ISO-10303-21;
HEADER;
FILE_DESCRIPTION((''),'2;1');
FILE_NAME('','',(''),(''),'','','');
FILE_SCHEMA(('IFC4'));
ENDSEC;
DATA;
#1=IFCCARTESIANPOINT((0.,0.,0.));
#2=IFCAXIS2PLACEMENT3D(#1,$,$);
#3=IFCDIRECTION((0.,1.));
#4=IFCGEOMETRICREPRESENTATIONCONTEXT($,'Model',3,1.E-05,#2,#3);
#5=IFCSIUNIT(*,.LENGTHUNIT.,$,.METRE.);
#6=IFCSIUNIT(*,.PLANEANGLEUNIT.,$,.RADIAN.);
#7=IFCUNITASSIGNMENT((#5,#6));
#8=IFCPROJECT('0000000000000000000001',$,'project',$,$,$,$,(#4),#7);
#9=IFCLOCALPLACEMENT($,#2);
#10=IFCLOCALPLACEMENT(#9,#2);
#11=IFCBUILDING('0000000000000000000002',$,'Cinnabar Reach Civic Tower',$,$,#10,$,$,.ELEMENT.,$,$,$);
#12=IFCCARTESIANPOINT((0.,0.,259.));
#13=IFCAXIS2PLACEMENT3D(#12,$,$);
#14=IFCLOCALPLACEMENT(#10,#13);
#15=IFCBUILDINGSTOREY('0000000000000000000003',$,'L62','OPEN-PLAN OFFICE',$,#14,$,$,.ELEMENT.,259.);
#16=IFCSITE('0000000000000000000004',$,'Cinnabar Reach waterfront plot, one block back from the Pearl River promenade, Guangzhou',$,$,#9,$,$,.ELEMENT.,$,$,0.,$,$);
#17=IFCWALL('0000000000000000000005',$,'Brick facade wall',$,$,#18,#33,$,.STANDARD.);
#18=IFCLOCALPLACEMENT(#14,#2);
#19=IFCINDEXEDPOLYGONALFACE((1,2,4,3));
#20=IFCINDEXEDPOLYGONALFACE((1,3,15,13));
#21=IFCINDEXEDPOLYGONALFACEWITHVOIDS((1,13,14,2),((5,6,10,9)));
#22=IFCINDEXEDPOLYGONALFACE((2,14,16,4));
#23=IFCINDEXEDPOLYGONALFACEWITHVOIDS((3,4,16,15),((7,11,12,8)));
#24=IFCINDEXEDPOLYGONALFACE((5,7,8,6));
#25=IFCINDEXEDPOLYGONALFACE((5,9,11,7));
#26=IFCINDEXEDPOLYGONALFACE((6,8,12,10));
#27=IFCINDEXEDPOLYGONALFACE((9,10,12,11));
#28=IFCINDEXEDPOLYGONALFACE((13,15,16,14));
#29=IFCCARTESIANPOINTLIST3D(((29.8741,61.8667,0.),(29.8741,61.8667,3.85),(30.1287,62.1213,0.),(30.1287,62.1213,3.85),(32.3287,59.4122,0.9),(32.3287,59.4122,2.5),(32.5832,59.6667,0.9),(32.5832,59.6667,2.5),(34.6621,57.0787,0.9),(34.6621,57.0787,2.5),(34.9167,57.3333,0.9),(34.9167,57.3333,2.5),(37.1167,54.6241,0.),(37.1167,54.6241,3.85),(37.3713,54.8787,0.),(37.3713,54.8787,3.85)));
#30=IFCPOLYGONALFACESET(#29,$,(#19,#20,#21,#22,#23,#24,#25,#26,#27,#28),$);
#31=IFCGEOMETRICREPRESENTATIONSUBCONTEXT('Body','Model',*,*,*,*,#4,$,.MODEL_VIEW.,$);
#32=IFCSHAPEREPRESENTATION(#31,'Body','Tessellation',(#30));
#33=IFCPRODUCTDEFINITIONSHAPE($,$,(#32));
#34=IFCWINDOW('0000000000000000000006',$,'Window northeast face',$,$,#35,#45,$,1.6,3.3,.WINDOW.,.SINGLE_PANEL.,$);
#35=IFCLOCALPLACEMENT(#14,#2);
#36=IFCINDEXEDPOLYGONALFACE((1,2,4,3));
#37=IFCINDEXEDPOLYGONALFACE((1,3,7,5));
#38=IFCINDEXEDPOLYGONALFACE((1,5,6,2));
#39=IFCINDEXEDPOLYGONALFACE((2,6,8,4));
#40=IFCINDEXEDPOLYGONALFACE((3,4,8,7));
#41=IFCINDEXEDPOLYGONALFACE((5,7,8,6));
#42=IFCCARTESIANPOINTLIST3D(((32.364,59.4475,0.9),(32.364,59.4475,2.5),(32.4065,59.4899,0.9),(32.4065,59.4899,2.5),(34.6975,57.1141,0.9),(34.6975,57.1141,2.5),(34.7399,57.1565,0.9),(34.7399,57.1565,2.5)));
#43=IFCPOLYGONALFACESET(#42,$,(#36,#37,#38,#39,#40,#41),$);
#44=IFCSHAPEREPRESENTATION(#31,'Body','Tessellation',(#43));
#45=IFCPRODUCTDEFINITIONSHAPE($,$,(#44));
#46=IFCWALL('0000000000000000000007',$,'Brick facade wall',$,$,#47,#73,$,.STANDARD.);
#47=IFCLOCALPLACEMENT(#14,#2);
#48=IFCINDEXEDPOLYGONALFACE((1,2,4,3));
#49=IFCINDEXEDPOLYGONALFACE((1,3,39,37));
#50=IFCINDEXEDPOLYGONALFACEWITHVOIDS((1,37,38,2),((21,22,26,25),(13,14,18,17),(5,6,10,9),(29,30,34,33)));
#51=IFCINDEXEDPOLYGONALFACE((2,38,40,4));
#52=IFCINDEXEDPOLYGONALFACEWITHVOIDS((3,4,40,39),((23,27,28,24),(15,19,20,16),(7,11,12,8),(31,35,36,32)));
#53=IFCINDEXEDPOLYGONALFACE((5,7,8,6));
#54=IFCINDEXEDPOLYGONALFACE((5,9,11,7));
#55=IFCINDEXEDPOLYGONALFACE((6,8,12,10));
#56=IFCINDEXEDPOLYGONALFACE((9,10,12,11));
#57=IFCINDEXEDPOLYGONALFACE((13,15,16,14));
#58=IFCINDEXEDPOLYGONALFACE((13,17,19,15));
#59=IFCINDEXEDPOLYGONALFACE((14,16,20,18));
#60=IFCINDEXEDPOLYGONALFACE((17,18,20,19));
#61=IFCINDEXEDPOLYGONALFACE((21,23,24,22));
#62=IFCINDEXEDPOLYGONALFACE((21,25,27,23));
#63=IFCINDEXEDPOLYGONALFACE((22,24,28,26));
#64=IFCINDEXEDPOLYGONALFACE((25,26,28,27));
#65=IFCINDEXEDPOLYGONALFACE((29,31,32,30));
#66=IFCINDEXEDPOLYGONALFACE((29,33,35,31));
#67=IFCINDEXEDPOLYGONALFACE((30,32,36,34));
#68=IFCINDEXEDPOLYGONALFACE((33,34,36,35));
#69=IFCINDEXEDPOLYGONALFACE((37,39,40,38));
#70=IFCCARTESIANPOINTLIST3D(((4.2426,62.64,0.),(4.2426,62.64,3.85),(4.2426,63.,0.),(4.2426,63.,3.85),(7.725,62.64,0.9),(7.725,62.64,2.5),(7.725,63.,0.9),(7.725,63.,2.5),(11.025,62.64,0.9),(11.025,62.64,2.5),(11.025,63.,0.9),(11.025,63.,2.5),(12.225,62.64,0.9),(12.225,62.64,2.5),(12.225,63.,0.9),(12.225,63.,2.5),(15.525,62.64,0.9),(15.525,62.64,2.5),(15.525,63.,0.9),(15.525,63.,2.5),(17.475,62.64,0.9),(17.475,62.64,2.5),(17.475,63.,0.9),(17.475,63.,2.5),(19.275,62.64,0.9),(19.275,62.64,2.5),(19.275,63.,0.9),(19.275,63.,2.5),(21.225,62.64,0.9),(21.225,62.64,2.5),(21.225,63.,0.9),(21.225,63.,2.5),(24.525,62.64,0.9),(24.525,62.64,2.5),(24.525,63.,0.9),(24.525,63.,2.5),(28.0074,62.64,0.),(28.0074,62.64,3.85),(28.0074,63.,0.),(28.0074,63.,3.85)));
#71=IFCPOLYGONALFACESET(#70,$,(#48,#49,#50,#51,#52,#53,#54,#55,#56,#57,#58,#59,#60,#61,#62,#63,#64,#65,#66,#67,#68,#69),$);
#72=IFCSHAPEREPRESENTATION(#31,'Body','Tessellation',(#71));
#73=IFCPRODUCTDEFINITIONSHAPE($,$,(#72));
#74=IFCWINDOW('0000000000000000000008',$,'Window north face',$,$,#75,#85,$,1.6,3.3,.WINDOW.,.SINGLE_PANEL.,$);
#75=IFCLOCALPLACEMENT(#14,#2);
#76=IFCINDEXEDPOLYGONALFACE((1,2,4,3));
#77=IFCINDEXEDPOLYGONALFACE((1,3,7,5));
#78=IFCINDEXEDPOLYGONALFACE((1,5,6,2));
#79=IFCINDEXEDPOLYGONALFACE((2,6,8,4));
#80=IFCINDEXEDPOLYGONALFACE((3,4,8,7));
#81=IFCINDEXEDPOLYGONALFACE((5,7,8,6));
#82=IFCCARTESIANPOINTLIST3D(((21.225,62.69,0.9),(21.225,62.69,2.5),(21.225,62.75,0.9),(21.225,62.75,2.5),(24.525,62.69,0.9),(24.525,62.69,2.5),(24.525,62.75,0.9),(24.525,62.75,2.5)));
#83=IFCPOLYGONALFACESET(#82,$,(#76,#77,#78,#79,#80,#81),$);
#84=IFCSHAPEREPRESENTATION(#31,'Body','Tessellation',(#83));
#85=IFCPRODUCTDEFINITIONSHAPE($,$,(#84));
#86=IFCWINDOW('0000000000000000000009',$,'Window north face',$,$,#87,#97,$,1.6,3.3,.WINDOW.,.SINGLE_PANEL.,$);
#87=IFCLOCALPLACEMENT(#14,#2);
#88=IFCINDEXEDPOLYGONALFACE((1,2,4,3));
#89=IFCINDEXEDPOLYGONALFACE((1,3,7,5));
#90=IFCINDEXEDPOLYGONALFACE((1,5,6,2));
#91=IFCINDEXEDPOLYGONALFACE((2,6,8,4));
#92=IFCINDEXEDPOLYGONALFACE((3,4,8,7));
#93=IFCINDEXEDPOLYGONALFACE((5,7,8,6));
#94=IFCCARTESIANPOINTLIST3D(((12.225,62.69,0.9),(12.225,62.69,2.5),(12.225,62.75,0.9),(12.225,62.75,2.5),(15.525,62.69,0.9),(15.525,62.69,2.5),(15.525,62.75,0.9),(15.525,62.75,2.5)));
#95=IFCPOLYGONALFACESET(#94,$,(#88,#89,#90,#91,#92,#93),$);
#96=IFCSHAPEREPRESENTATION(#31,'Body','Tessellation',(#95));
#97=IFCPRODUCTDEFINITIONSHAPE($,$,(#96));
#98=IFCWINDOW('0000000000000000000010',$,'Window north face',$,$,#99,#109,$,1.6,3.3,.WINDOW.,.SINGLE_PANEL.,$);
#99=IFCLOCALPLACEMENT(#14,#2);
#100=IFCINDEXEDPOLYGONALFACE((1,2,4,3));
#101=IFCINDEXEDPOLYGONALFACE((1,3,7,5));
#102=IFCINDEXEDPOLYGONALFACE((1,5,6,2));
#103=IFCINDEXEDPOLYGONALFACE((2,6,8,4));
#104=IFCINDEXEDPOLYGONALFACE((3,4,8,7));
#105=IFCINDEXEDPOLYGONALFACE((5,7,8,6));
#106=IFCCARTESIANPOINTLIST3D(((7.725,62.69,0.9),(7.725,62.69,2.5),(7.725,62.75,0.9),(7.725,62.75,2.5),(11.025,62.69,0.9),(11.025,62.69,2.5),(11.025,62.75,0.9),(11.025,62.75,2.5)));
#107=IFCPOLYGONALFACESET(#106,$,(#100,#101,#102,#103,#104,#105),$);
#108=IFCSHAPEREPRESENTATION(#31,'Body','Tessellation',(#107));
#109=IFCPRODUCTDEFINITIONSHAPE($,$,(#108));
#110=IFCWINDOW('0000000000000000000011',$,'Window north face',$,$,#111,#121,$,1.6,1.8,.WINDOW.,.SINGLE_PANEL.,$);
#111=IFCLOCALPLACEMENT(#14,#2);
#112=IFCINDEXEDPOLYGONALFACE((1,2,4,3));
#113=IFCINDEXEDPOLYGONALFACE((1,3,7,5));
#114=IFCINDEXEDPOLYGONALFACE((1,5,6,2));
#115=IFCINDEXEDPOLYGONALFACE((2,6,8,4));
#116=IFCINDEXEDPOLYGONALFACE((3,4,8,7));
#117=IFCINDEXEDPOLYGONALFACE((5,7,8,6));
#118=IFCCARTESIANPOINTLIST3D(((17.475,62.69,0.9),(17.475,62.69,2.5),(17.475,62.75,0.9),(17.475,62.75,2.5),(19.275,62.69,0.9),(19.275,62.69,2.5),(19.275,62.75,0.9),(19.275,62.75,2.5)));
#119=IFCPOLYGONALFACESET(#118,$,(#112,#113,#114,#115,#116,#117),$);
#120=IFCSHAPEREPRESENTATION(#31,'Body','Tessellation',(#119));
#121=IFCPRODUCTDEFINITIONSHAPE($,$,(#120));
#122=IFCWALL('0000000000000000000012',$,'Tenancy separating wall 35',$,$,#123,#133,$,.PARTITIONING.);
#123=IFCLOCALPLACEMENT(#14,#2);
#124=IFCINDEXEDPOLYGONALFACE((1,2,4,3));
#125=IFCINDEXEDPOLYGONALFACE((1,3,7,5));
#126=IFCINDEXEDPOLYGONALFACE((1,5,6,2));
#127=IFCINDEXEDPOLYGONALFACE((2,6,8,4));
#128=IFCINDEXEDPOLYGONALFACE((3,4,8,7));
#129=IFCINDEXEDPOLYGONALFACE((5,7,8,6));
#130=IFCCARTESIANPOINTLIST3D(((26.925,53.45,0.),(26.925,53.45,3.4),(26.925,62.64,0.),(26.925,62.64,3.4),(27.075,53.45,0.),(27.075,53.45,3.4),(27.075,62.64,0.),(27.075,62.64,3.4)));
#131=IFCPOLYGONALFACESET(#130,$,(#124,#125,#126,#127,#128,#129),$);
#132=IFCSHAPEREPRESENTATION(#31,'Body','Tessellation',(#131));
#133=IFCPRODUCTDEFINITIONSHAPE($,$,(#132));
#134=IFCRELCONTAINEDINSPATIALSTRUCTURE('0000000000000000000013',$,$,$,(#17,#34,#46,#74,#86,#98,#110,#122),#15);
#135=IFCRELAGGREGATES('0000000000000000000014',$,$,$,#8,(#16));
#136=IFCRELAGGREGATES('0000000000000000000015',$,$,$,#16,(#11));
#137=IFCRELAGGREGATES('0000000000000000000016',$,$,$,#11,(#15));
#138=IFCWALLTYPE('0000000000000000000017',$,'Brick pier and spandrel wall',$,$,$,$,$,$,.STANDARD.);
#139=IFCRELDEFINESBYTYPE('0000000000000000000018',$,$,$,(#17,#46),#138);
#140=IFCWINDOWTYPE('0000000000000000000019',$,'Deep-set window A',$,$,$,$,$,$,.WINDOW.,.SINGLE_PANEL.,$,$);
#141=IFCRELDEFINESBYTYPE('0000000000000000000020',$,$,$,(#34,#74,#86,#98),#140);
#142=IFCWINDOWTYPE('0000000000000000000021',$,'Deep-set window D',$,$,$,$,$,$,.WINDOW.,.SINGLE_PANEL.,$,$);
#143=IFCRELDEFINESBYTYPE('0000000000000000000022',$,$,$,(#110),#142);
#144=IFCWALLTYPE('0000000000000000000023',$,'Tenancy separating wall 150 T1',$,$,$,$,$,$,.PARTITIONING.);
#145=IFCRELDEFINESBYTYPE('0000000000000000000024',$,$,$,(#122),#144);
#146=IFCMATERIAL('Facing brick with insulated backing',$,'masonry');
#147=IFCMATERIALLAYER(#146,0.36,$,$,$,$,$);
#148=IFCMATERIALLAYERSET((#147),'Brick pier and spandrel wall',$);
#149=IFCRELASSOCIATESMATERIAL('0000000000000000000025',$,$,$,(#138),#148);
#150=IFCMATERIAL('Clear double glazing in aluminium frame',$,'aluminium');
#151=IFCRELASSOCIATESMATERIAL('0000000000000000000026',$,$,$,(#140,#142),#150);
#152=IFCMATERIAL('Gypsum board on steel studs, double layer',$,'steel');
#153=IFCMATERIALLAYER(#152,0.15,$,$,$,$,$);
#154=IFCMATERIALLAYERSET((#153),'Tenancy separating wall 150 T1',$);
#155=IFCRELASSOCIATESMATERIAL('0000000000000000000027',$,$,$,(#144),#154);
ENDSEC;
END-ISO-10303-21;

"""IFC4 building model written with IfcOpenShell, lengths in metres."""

from ifc_helpers import new_model, si_unit, direction, frame, frame_2d, origin, place, context, subcontext, project, spatial, rectangle, extrude, material, layer, layer_set, type_object, element, fill, save


model = new_model("IFC4")

# Units and contexts
model_context = context("Model", 3, precision=1e-05, world=origin(), true_north=direction((0.0, 1.0)))
body_context = subcontext(model_context, "Body", "Model", "MODEL_VIEW")
ifc_project = project(units=[si_unit("LENGTHUNIT", "METRE"), si_unit("PLANEANGLEUNIT", "RADIAN")], contexts=[model_context])

# Site, building, storey
site_placement = place(None, origin())
site = spatial("IfcSite", under=ifc_project, at=site_placement, Name="Cinnabar Reach waterfront plot, one block back from the Pearl River promenade, Guangzhou", CompositionType="ELEMENT", RefElevation=0.0)
building_placement = place(site_placement, origin())
building = spatial("IfcBuilding", under=site, at=building_placement, Name="Cinnabar Reach Civic Tower", CompositionType="ELEMENT")
storey_placement = place(building_placement, frame((0.0, 0.0, 259.0)))
storey = spatial("IfcBuildingStorey", under=building, at=storey_placement, Name="L62", Description="OPEN-PLAN OFFICE", CompositionType="ELEMENT", Elevation=259.0)

# Shared definitions
ifc_material_1 = material(Name="Facing brick with insulated backing", Category="masonry")

# Wall, opening, window
ifc_layer_1 = layer(ifc_material_1, 0.36)
ifc_layer_set_1 = layer_set([ifc_layer_1], Name="Brick pier and spandrel wall")
wall_type_1 = type_object("IfcWallType", Name="Brick pier and spandrel wall", PredefinedType="STANDARD", material=ifc_layer_set_1)
wall_1_placement = place(storey_placement, frame((37.244, 54.7514, 0.0), z_axis=(0.0, 0.0, 1.0), x_axis=(-0.707107, 0.707107, 0.0)))
wall_1 = element("IfcWall", 1, at=wall_1_placement, inside=storey, type_object=wall_type_1, Name="Brick facade wall", PredefinedType="STANDARD", context=body_context, shape_type="SweptSolid", body=[
    extrude(rectangle(XDim=10.2426, YDim=0.36, at=frame_2d((5.1213, 0.0))), origin(), (0.0, 0.0, 1.0), 3.85),
])
opening_1_placement = place(wall_1_placement, frame((3.4713, 0.0, 0.9)))
opening_1 = element("IfcOpeningElement", 2, at=opening_1_placement, cuts=wall_1, PredefinedType="OPENING", context=body_context, shape_type="SweptSolid", body=[
    extrude(rectangle(XDim=3.3, YDim=1.6, at=frame_2d((1.65, 0.8))), frame((0.0, 0.19, 0.0), z_axis=(0.0, -1.0, 0.0), x_axis=(1.0, 0.0, 0.0)), (0.0, 0.0, 1.0), 0.38),
])
ifc_material_2 = material(Name="Clear double glazing in aluminium frame", Category="aluminium")
window_type_1 = type_object("IfcWindowType", Name="Deep-set window A", PartitioningType="SINGLE_PANEL", PredefinedType="WINDOW", material=ifc_material_2)
window_1_placement = place(opening_1_placement, origin())
window_1 = element("IfcWindow", 3, at=window_1_placement, inside=storey, type_object=window_type_1, Name="Window northeast face", OverallHeight=1.6, OverallWidth=3.3, PartitioningType="SINGLE_PANEL", PredefinedType="WINDOW", context=body_context, shape_type="SweptSolid", body=[
    extrude(rectangle(XDim=3.3, YDim=1.6, at=frame_2d((1.65, 0.8))), frame((0.0, 0.13, 0.0), z_axis=(0.0, -1.0, 0.0), x_axis=(1.0, 0.0, 0.0)), (0.0, 0.0, 1.0), 0.06),
])
fill(opening_1, window_1)

# Wall, openings, windows
wall_2_placement = place(storey_placement, frame((28.0074, 62.82, 0.0), z_axis=(0.0, 0.0, 1.0), x_axis=(-1.0, 0.0, 0.0)))
wall_2 = element("IfcWall", 4, at=wall_2_placement, inside=storey, type_object=wall_type_1, Name="Brick facade wall", PredefinedType="STANDARD", context=body_context, shape_type="SweptSolid", body=[
    extrude(rectangle(XDim=23.7648, YDim=0.36, at=frame_2d((11.8824, 0.0))), origin(), (0.0, 0.0, 1.0), 3.85),
])
opening_2_placement = place(wall_2_placement, frame((3.4824, 0.0, 0.9)))
opening_2 = element("IfcOpeningElement", 5, at=opening_2_placement, cuts=wall_2, PredefinedType="OPENING", context=body_context, shape_type="SweptSolid", body=[
    extrude(rectangle(XDim=3.3, YDim=1.6, at=frame_2d((1.65, 0.8))), frame((0.0, 0.19, 0.0), z_axis=(0.0, -1.0, 0.0), x_axis=(1.0, 0.0, 0.0)), (0.0, 0.0, 1.0), 0.38),
])
opening_3_placement = place(wall_2_placement, frame((8.7324, 0.0, 0.9)))
opening_3 = element("IfcOpeningElement", 6, at=opening_3_placement, cuts=wall_2, PredefinedType="OPENING", context=body_context, shape_type="SweptSolid", body=[
    extrude(rectangle(XDim=1.8, YDim=1.6, at=frame_2d((0.9, 0.8))), frame((0.0, 0.19, 0.0), z_axis=(0.0, -1.0, 0.0), x_axis=(1.0, 0.0, 0.0)), (0.0, 0.0, 1.0), 0.38),
])
opening_4_placement = place(wall_2_placement, frame((12.4824, 0.0, 0.9)))
opening_4 = element("IfcOpeningElement", 7, at=opening_4_placement, cuts=wall_2, PredefinedType="OPENING", context=body_context, shape_type="SweptSolid", body=[
    extrude(rectangle(XDim=3.3, YDim=1.6, at=frame_2d((1.65, 0.8))), frame((0.0, 0.19, 0.0), z_axis=(0.0, -1.0, 0.0), x_axis=(1.0, 0.0, 0.0)), (0.0, 0.0, 1.0), 0.38),
])
opening_5_placement = place(wall_2_placement, frame((16.9824, 0.0, 0.9)))
opening_5 = element("IfcOpeningElement", 8, at=opening_5_placement, cuts=wall_2, PredefinedType="OPENING", context=body_context, shape_type="SweptSolid", body=[
    extrude(rectangle(XDim=3.3, YDim=1.6, at=frame_2d((1.65, 0.8))), frame((0.0, 0.19, 0.0), z_axis=(0.0, -1.0, 0.0), x_axis=(1.0, 0.0, 0.0)), (0.0, 0.0, 1.0), 0.38),
])
window_2_placement = place(opening_2_placement, origin())
window_2 = element("IfcWindow", 9, at=window_2_placement, inside=storey, type_object=window_type_1, Name="Window north face", OverallHeight=1.6, OverallWidth=3.3, PartitioningType="SINGLE_PANEL", PredefinedType="WINDOW", context=body_context, shape_type="SweptSolid", body=[
    extrude(rectangle(XDim=3.3, YDim=1.6, at=frame_2d((1.65, 0.8))), frame((0.0, 0.13, 0.0), z_axis=(0.0, -1.0, 0.0), x_axis=(1.0, 0.0, 0.0)), (0.0, 0.0, 1.0), 0.06),
])
fill(opening_2, window_2)
window_3_placement = place(opening_4_placement, origin())
window_3 = element("IfcWindow", 10, at=window_3_placement, inside=storey, type_object=window_type_1, Name="Window north face", OverallHeight=1.6, OverallWidth=3.3, PartitioningType="SINGLE_PANEL", PredefinedType="WINDOW", context=body_context, shape_type="SweptSolid", body=[
    extrude(rectangle(XDim=3.3, YDim=1.6, at=frame_2d((1.65, 0.8))), frame((0.0, 0.13, 0.0), z_axis=(0.0, -1.0, 0.0), x_axis=(1.0, 0.0, 0.0)), (0.0, 0.0, 1.0), 0.06),
])
fill(opening_4, window_3)
window_4_placement = place(opening_5_placement, origin())
window_4 = element("IfcWindow", 11, at=window_4_placement, inside=storey, type_object=window_type_1, Name="Window north face", OverallHeight=1.6, OverallWidth=3.3, PartitioningType="SINGLE_PANEL", PredefinedType="WINDOW", context=body_context, shape_type="SweptSolid", body=[
    extrude(rectangle(XDim=3.3, YDim=1.6, at=frame_2d((1.65, 0.8))), frame((0.0, 0.13, 0.0), z_axis=(0.0, -1.0, 0.0), x_axis=(1.0, 0.0, 0.0)), (0.0, 0.0, 1.0), 0.06),
])
fill(opening_5, window_4)
window_type_2 = type_object("IfcWindowType", Name="Deep-set window D", PartitioningType="SINGLE_PANEL", PredefinedType="WINDOW", material=ifc_material_2)
window_5_placement = place(opening_3_placement, origin())
window_5 = element("IfcWindow", 12, at=window_5_placement, inside=storey, type_object=window_type_2, Name="Window north face", OverallHeight=1.6, OverallWidth=1.8, PartitioningType="SINGLE_PANEL", PredefinedType="WINDOW", context=body_context, shape_type="SweptSolid", body=[
    extrude(rectangle(XDim=1.8, YDim=1.6, at=frame_2d((0.9, 0.8))), frame((0.0, 0.13, 0.0), z_axis=(0.0, -1.0, 0.0), x_axis=(1.0, 0.0, 0.0)), (0.0, 0.0, 1.0), 0.06),
])
fill(opening_3, window_5)

# Wall
ifc_material_3 = material(Name="Gypsum board on steel studs, double layer", Category="steel")
ifc_layer_2 = layer(ifc_material_3, 0.15)
ifc_layer_set_2 = layer_set([ifc_layer_2], Name="Tenancy separating wall 150 T1")
wall_type_2 = type_object("IfcWallType", Name="Tenancy separating wall 150 T1", PredefinedType="PARTITIONING", material=ifc_layer_set_2)
wall_3_placement = place(storey_placement, frame((27.0, 53.45, 0.0), z_axis=(0.0, 0.0, 1.0), x_axis=(0.0, 1.0, 0.0)))
element("IfcWall", 13, at=wall_3_placement, inside=storey, type_object=wall_type_2, Name="Tenancy separating wall 35", PredefinedType="PARTITIONING", context=body_context, shape_type="SweptSolid", body=[
    extrude(rectangle(XDim=9.19, YDim=0.15, at=frame_2d((4.595, 0.0))), origin(), (0.0, 0.0, 1.0), 3.4),
])

save(model, "model.ifc")
